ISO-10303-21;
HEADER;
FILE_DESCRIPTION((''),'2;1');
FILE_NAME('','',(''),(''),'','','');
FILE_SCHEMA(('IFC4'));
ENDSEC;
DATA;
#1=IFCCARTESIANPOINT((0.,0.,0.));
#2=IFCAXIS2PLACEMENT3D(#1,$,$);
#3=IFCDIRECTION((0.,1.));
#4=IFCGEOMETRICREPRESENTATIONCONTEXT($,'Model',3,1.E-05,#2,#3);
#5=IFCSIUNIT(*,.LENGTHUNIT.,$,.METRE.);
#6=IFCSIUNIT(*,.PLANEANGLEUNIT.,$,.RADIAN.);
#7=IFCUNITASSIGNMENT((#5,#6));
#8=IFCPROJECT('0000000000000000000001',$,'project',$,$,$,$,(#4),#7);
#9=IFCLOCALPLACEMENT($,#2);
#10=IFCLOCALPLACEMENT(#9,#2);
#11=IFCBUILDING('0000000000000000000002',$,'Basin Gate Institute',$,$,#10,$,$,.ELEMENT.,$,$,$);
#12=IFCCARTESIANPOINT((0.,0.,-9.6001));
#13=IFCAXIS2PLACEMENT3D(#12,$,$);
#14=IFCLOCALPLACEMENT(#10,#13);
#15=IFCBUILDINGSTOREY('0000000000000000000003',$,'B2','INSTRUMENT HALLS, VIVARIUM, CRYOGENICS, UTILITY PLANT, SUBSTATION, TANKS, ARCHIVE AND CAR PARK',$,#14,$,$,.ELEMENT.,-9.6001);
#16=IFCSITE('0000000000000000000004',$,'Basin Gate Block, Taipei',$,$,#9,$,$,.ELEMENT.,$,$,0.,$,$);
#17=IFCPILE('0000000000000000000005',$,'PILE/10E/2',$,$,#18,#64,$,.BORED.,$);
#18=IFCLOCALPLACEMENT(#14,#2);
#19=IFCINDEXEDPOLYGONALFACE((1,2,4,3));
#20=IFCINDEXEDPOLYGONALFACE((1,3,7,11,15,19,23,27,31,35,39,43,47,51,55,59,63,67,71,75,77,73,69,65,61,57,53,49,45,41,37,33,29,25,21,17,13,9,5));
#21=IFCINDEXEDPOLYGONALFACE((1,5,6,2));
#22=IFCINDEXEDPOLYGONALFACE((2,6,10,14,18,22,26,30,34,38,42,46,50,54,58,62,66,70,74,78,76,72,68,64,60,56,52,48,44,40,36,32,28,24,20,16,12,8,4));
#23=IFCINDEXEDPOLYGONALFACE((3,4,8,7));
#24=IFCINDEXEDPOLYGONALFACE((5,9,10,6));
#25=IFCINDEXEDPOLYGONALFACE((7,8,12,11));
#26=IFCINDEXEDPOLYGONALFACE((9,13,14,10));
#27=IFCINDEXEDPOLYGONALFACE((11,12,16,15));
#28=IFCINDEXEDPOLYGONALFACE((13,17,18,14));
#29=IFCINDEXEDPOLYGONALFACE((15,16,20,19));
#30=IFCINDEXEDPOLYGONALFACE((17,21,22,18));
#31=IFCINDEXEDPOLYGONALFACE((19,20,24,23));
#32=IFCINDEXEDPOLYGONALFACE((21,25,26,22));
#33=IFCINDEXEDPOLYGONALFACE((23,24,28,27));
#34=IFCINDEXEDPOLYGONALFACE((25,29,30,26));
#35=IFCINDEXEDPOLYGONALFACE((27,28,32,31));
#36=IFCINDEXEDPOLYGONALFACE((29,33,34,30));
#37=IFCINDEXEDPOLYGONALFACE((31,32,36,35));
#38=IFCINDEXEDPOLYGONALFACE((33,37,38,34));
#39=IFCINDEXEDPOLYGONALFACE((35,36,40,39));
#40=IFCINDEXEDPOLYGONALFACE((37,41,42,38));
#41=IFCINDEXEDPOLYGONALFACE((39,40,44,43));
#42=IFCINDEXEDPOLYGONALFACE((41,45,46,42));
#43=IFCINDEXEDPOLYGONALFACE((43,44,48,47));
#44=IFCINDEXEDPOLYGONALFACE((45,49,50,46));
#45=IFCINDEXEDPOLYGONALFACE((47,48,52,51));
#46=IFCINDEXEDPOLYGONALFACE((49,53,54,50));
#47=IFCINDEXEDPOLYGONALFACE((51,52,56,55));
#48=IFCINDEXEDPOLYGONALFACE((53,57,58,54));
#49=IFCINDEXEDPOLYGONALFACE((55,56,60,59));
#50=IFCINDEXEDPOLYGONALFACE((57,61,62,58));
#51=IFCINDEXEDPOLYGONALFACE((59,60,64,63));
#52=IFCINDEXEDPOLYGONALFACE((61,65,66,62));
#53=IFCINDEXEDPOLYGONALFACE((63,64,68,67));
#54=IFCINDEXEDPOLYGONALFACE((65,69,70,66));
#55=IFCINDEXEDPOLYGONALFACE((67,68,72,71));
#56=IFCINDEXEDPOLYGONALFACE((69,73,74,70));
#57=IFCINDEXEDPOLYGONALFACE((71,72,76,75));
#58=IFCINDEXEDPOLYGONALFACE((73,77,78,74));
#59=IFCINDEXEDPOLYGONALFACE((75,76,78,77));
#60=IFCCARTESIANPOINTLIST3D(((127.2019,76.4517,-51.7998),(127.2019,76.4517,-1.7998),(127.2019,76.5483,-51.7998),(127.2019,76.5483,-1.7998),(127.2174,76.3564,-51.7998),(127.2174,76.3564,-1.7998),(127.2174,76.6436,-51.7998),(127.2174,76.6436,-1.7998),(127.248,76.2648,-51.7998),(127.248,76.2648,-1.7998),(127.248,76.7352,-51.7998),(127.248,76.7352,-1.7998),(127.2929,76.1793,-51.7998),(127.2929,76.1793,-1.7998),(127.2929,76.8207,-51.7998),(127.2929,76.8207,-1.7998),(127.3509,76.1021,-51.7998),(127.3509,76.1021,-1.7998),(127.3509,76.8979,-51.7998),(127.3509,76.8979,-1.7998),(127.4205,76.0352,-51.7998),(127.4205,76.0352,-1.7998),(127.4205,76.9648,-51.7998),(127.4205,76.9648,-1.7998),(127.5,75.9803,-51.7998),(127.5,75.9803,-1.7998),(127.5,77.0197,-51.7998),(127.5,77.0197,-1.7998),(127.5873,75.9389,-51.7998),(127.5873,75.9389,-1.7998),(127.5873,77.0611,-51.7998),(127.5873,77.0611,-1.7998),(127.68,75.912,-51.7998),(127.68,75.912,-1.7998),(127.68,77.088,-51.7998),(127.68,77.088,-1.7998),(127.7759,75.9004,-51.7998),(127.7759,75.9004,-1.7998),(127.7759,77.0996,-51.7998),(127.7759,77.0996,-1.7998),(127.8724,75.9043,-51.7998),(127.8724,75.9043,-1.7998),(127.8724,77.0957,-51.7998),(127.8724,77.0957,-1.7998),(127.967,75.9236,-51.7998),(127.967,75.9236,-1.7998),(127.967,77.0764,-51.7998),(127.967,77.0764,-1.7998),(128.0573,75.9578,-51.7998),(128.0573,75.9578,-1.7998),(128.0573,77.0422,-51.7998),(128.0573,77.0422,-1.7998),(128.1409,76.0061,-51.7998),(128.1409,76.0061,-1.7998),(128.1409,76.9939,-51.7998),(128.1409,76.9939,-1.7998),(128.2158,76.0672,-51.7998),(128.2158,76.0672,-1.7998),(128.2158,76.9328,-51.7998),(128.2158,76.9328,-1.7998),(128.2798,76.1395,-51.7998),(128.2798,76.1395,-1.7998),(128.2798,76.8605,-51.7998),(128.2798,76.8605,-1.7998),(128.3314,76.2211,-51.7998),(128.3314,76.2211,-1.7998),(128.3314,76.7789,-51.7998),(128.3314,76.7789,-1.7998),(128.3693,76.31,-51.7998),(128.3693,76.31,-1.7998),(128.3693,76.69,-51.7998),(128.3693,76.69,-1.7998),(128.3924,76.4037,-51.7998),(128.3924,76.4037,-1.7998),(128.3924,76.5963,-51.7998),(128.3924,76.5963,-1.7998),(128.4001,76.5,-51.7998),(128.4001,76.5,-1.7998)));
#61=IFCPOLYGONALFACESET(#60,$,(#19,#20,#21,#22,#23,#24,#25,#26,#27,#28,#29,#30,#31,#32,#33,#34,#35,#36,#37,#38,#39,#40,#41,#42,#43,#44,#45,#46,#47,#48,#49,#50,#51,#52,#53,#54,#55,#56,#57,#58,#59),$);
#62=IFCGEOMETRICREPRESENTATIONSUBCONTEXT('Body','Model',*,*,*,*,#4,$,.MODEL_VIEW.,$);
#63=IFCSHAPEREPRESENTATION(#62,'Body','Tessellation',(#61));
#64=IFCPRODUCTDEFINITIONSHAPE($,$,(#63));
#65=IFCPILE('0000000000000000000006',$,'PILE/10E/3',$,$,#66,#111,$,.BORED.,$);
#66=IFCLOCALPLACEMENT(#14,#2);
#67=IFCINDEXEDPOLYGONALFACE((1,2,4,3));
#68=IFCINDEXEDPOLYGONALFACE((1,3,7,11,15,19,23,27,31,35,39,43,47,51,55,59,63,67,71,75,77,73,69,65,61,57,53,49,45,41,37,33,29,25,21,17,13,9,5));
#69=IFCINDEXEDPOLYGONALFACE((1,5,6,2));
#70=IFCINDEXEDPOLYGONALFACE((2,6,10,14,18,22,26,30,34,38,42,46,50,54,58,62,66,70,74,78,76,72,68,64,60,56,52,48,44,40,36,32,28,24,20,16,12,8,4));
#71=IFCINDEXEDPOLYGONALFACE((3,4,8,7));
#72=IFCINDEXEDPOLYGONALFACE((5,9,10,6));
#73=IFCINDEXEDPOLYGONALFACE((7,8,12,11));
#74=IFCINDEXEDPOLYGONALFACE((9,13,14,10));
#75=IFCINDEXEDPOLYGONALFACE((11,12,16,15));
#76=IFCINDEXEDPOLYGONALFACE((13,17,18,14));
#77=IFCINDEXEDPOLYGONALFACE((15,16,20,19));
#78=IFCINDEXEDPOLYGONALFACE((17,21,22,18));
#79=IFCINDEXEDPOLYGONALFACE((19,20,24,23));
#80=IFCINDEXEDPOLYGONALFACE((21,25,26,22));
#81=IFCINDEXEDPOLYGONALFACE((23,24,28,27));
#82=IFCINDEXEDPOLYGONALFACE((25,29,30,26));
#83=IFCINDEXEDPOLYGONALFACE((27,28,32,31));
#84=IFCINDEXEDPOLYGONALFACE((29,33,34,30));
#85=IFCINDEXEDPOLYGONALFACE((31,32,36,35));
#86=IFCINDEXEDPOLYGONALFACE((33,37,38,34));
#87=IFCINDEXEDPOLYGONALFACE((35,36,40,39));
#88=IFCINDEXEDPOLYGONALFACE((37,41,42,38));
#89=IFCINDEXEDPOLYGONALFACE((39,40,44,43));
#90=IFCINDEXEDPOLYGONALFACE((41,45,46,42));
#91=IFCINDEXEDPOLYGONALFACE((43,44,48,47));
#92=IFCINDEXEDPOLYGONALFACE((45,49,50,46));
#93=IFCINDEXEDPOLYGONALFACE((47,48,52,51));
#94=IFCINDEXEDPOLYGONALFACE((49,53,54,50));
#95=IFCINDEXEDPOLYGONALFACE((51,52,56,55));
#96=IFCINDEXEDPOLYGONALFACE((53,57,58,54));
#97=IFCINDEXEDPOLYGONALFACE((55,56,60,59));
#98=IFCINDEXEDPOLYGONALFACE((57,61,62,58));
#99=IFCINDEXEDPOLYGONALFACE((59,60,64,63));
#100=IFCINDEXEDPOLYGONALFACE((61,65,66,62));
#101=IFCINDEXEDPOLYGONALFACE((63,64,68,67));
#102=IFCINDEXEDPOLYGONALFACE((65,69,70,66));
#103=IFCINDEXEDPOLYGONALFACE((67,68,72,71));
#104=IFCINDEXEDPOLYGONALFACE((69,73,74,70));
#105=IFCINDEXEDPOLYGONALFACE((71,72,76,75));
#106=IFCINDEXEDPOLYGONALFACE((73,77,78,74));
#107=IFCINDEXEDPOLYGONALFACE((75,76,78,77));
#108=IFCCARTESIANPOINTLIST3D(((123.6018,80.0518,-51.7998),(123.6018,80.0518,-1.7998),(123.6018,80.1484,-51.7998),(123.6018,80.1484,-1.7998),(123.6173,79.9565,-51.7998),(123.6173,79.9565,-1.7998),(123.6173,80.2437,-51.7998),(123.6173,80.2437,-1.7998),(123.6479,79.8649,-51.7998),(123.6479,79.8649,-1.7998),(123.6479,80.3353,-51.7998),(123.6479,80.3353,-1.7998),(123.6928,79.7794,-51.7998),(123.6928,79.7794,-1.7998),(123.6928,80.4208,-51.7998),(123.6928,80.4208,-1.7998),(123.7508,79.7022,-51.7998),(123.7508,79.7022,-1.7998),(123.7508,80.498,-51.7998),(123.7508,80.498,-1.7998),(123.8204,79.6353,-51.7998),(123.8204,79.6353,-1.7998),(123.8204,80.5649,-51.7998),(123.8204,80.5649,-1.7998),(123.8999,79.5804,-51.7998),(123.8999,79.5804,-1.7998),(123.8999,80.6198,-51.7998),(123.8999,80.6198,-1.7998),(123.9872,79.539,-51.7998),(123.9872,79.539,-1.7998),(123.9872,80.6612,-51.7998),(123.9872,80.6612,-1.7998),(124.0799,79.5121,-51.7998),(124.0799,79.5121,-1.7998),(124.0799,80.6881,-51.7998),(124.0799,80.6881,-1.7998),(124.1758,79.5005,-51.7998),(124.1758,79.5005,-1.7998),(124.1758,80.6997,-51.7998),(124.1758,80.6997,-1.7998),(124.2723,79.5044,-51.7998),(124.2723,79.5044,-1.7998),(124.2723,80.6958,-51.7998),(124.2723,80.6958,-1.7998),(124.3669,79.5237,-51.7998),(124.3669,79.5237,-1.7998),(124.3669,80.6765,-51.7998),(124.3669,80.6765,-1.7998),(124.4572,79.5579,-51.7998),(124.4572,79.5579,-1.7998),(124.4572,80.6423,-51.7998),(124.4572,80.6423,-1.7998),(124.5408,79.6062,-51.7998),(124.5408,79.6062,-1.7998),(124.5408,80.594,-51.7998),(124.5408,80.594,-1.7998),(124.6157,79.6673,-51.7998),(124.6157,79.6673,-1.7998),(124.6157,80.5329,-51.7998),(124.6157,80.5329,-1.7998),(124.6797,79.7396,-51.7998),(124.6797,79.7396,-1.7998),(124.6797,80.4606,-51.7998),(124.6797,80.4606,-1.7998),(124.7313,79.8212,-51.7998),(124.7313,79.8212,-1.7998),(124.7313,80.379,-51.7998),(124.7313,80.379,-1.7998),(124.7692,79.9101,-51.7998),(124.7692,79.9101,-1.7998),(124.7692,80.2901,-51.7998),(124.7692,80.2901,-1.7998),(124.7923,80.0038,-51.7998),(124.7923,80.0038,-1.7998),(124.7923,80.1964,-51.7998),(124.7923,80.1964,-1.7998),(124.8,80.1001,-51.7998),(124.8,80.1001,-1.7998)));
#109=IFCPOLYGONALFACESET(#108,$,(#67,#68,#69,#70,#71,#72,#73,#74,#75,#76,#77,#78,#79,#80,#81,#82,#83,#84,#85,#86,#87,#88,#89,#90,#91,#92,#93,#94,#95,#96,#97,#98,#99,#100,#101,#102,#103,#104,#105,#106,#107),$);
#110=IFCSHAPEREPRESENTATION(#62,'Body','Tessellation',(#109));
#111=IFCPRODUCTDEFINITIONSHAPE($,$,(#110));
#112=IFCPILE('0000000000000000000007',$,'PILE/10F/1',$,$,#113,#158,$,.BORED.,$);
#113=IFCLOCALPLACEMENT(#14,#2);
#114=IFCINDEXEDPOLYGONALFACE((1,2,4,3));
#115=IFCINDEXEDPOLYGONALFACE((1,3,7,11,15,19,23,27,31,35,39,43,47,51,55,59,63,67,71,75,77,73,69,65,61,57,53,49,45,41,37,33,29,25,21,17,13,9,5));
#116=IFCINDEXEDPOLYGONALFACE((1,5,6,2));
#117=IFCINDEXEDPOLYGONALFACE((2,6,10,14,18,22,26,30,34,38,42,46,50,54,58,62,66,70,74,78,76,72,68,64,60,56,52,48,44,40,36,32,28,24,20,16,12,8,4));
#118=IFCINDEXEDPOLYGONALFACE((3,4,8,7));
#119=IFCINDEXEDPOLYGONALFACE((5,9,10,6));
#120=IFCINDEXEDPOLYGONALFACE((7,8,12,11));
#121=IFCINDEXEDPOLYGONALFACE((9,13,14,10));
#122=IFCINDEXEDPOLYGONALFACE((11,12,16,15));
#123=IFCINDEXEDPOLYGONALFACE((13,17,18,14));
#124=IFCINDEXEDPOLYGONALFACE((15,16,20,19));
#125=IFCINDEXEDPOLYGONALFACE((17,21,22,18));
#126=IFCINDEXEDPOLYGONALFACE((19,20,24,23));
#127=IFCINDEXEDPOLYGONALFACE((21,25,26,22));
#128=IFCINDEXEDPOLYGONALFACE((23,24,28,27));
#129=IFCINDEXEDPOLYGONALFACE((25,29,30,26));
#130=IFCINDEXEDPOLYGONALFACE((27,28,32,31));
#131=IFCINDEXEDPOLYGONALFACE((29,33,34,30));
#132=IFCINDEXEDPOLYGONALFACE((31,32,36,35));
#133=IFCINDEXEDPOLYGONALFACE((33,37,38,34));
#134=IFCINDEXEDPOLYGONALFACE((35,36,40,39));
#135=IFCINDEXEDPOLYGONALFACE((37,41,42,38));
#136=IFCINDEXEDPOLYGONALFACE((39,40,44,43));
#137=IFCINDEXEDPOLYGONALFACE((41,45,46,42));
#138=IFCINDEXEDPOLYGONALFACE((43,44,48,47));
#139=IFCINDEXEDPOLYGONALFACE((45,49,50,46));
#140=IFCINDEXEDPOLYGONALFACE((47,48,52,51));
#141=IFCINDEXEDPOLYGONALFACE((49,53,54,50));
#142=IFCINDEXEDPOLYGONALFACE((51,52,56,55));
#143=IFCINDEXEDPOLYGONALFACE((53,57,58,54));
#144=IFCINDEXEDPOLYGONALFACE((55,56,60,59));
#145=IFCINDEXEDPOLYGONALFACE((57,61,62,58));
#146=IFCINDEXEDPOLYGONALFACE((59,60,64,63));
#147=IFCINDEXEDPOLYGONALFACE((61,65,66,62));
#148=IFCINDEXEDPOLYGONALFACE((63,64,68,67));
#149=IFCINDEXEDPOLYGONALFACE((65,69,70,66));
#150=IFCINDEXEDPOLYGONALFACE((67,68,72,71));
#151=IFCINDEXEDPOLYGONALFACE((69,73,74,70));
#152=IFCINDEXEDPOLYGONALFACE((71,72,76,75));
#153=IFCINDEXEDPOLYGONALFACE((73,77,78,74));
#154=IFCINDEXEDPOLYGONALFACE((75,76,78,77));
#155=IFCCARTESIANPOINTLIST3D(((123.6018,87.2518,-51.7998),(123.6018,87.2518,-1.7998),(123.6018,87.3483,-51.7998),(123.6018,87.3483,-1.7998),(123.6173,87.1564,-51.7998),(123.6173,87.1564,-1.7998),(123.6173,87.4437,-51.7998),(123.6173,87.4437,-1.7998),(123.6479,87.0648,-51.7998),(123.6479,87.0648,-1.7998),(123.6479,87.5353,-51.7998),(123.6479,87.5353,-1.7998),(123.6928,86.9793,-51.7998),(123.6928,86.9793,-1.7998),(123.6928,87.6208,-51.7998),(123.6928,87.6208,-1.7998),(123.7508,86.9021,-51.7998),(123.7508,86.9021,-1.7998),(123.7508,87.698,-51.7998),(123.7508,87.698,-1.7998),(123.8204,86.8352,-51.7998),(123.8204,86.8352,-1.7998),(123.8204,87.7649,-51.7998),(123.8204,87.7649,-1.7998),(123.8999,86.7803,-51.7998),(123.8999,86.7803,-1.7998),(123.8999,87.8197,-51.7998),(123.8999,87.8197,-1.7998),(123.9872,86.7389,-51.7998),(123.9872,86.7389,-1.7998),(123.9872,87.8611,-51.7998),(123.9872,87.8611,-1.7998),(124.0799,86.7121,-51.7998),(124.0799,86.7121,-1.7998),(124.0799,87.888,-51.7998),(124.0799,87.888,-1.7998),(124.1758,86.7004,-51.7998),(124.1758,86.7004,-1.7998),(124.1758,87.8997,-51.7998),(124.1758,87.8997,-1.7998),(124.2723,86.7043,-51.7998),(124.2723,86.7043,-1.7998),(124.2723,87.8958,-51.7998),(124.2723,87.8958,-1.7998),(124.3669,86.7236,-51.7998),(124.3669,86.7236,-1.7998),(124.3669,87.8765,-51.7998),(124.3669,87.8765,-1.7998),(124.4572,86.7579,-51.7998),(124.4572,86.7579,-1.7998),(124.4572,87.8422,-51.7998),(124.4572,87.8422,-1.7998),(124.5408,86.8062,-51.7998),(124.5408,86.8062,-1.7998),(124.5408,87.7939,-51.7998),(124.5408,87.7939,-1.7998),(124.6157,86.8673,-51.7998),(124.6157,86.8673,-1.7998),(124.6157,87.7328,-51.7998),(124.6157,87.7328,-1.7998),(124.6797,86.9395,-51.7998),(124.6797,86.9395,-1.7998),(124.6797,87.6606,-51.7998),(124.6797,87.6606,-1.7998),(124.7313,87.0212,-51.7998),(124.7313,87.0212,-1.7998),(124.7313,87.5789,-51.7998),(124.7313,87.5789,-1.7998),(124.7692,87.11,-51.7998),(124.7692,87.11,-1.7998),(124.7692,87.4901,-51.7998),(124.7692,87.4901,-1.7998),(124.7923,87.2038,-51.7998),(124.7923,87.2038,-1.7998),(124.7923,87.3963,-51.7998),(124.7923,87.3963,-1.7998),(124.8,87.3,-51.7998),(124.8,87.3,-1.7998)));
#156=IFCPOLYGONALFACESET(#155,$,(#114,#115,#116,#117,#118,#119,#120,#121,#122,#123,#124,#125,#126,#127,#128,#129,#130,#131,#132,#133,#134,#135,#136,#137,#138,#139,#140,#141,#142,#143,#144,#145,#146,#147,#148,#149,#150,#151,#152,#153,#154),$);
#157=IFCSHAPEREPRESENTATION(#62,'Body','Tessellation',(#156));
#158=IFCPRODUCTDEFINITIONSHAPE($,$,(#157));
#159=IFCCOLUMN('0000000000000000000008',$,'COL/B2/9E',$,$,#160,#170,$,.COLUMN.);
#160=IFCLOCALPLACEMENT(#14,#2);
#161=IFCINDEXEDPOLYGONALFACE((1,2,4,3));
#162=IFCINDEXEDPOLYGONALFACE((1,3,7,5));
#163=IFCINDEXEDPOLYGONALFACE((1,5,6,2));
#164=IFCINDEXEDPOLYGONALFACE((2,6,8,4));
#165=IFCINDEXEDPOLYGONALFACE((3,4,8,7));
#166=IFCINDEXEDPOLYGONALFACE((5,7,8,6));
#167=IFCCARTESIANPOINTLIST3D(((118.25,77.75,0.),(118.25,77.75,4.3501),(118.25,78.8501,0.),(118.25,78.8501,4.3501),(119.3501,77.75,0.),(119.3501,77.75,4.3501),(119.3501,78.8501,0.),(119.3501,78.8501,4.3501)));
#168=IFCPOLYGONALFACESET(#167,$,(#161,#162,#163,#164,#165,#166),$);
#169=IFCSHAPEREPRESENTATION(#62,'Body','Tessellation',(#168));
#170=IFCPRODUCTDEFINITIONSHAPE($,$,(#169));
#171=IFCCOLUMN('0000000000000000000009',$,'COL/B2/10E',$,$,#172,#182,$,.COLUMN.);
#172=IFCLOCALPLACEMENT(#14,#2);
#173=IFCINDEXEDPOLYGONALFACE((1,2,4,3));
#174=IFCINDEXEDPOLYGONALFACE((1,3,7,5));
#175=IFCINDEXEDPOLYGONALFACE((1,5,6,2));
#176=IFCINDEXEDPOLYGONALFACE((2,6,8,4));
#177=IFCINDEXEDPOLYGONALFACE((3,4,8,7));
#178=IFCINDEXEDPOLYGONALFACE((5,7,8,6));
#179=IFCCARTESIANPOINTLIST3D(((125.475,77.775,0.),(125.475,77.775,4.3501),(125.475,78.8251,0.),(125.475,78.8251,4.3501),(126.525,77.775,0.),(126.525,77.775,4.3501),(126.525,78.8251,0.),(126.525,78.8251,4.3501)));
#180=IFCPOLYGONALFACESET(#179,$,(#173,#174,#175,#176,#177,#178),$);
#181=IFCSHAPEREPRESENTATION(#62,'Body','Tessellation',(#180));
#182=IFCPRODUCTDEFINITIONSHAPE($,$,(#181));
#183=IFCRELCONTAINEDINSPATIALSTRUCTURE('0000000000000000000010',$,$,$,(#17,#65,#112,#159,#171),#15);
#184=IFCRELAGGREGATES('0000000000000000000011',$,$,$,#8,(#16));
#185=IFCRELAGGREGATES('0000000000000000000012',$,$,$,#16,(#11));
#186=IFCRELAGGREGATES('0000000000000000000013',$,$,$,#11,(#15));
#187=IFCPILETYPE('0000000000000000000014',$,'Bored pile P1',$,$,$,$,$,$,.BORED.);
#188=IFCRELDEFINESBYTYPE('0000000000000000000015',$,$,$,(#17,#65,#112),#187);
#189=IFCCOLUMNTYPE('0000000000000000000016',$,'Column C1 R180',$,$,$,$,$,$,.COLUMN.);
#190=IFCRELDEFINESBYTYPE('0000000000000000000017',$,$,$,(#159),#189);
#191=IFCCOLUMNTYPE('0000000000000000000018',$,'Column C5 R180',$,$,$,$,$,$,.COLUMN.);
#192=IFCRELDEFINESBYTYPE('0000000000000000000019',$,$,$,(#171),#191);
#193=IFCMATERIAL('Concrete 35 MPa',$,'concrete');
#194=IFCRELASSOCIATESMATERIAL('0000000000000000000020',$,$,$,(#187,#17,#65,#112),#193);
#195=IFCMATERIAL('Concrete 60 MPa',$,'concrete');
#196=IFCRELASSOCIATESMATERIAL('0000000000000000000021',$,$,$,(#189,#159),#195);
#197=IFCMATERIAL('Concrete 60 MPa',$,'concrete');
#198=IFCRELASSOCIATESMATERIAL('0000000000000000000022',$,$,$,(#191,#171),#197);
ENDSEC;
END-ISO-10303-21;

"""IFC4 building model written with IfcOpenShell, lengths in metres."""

from ifc_helpers import new_model, si_unit, direction, frame, origin, origin_2d, place, context, subcontext, project, spatial, rectangle, circle, extrude, material, material_profile, profile_set, type_object, element, save


model = new_model("IFC4")

# Units and contexts
model_context = context("Model", 3, precision=1e-05, world=origin(), true_north=direction((0.0, 1.0)))
body_context = subcontext(model_context, "Body", "Model", "MODEL_VIEW")
ifc_project = project(units=[si_unit("LENGTHUNIT", "METRE"), si_unit("PLANEANGLEUNIT", "RADIAN")], contexts=[model_context])

# Site, building, storey
site_placement = place(None, origin())
site = spatial("IfcSite", under=ifc_project, at=site_placement, Name="Basin Gate Block, Taipei", CompositionType="ELEMENT", RefElevation=0.0)
building_placement = place(site_placement, origin())
building = spatial("IfcBuilding", under=site, at=building_placement, Name="Basin Gate Institute", CompositionType="ELEMENT")
storey_placement = place(building_placement, frame((0.0, 0.0, -9.6001)))
storey = spatial("IfcBuildingStorey", under=building, at=storey_placement, Name="B2", Description="INSTRUMENT HALLS, VIVARIUM, CRYOGENICS, UTILITY PLANT, SUBSTATION, TANKS, ARCHIVE AND CAR PARK", CompositionType="ELEMENT", Elevation=-9.6001)

# Piles
ifc_material_1 = material(Name="Concrete 35 MPa", Category="concrete")
ifc_material_profile_1 = material_profile(ifc_material_1, circle(Radius=0.6001, at=origin_2d()), Name="Bored pile P1 1200 dia")
ifc_profile_set_1 = profile_set([ifc_material_profile_1], Name="Concrete 35 MPa")
pile_type = type_object("IfcPileType", Name="Bored pile P1", PredefinedType="BORED", material=ifc_profile_set_1)
for number, where, z_axis, x_axis, name in (
    (1, (127.8, 76.5, -1.7998), (0.0, 0.0, -1.0), (1.0, 0.0, 0.0), "PILE/10E/2"),
    (2, (124.2, 80.1001, -1.7998), (0.0, 0.0, -1.0), (1.0, 0.0, 0.0), "PILE/10E/3"),
    (3, (124.2, 87.3, -1.7998), (0.0, 0.0, -1.0), (1.0, 0.0, 0.0), "PILE/10F/1"),
):
    element("IfcPile", number, at=place(storey_placement, frame(where, z_axis=z_axis, x_axis=x_axis)), inside=storey, type_object=pile_type, material=ifc_profile_set_1, Name=name, PredefinedType="BORED", context=body_context, shape_type="SweptSolid", body=[
        extrude(circle(Radius=0.6001, at=origin_2d()), origin(), (0.0, 0.0, 1.0), 50.0),
    ])

# Columns
ifc_material_2 = material(Name="Concrete 60 MPa", Category="concrete")
ifc_material_profile_2 = material_profile(ifc_material_2, rectangle(XDim=1.1001, YDim=1.1001, at=origin_2d()), Name="Column C1 1100 x 1100")
ifc_profile_set_2 = profile_set([ifc_material_profile_2], Name="Concrete 60 MPa")
column_type_1 = type_object("IfcColumnType", Name="Column C1 R180", PredefinedType="COLUMN", material=ifc_profile_set_2)
column_1_placement = place(storey_placement, frame((118.8, 78.3, 0.0), z_axis=(0.0, 0.0, 1.0), x_axis=(1.0, 0.0, 0.0)))
element("IfcColumn", 4, at=column_1_placement, inside=storey, type_object=column_type_1, material=ifc_profile_set_2, Name="COL/B2/9E", PredefinedType="COLUMN", context=body_context, shape_type="SweptSolid", body=[
    extrude(rectangle(XDim=1.1001, YDim=1.1001, at=origin_2d()), origin(), (0.0, 0.0, 1.0), 4.3501),
])
ifc_material_3 = material(Name="Concrete 60 MPa", Category="concrete")
ifc_material_profile_3 = material_profile(ifc_material_3, rectangle(XDim=1.05, YDim=1.05, at=origin_2d()), Name="Column C5 1050 x 1050")
ifc_profile_set_3 = profile_set([ifc_material_profile_3], Name="Concrete 60 MPa")
column_type_2 = type_object("IfcColumnType", Name="Column C5 R180", PredefinedType="COLUMN", material=ifc_profile_set_3)
column_2_placement = place(storey_placement, frame((126.0, 78.3, 0.0), z_axis=(0.0, 0.0, 1.0), x_axis=(1.0, 0.0, 0.0)))
element("IfcColumn", 5, at=column_2_placement, inside=storey, type_object=column_type_2, material=ifc_profile_set_3, Name="COL/B2/10E", PredefinedType="COLUMN", context=body_context, shape_type="SweptSolid", body=[
    extrude(rectangle(XDim=1.05, YDim=1.05, at=origin_2d()), origin(), (0.0, 0.0, 1.0), 4.3501),
])

save(model, "model.ifc")
